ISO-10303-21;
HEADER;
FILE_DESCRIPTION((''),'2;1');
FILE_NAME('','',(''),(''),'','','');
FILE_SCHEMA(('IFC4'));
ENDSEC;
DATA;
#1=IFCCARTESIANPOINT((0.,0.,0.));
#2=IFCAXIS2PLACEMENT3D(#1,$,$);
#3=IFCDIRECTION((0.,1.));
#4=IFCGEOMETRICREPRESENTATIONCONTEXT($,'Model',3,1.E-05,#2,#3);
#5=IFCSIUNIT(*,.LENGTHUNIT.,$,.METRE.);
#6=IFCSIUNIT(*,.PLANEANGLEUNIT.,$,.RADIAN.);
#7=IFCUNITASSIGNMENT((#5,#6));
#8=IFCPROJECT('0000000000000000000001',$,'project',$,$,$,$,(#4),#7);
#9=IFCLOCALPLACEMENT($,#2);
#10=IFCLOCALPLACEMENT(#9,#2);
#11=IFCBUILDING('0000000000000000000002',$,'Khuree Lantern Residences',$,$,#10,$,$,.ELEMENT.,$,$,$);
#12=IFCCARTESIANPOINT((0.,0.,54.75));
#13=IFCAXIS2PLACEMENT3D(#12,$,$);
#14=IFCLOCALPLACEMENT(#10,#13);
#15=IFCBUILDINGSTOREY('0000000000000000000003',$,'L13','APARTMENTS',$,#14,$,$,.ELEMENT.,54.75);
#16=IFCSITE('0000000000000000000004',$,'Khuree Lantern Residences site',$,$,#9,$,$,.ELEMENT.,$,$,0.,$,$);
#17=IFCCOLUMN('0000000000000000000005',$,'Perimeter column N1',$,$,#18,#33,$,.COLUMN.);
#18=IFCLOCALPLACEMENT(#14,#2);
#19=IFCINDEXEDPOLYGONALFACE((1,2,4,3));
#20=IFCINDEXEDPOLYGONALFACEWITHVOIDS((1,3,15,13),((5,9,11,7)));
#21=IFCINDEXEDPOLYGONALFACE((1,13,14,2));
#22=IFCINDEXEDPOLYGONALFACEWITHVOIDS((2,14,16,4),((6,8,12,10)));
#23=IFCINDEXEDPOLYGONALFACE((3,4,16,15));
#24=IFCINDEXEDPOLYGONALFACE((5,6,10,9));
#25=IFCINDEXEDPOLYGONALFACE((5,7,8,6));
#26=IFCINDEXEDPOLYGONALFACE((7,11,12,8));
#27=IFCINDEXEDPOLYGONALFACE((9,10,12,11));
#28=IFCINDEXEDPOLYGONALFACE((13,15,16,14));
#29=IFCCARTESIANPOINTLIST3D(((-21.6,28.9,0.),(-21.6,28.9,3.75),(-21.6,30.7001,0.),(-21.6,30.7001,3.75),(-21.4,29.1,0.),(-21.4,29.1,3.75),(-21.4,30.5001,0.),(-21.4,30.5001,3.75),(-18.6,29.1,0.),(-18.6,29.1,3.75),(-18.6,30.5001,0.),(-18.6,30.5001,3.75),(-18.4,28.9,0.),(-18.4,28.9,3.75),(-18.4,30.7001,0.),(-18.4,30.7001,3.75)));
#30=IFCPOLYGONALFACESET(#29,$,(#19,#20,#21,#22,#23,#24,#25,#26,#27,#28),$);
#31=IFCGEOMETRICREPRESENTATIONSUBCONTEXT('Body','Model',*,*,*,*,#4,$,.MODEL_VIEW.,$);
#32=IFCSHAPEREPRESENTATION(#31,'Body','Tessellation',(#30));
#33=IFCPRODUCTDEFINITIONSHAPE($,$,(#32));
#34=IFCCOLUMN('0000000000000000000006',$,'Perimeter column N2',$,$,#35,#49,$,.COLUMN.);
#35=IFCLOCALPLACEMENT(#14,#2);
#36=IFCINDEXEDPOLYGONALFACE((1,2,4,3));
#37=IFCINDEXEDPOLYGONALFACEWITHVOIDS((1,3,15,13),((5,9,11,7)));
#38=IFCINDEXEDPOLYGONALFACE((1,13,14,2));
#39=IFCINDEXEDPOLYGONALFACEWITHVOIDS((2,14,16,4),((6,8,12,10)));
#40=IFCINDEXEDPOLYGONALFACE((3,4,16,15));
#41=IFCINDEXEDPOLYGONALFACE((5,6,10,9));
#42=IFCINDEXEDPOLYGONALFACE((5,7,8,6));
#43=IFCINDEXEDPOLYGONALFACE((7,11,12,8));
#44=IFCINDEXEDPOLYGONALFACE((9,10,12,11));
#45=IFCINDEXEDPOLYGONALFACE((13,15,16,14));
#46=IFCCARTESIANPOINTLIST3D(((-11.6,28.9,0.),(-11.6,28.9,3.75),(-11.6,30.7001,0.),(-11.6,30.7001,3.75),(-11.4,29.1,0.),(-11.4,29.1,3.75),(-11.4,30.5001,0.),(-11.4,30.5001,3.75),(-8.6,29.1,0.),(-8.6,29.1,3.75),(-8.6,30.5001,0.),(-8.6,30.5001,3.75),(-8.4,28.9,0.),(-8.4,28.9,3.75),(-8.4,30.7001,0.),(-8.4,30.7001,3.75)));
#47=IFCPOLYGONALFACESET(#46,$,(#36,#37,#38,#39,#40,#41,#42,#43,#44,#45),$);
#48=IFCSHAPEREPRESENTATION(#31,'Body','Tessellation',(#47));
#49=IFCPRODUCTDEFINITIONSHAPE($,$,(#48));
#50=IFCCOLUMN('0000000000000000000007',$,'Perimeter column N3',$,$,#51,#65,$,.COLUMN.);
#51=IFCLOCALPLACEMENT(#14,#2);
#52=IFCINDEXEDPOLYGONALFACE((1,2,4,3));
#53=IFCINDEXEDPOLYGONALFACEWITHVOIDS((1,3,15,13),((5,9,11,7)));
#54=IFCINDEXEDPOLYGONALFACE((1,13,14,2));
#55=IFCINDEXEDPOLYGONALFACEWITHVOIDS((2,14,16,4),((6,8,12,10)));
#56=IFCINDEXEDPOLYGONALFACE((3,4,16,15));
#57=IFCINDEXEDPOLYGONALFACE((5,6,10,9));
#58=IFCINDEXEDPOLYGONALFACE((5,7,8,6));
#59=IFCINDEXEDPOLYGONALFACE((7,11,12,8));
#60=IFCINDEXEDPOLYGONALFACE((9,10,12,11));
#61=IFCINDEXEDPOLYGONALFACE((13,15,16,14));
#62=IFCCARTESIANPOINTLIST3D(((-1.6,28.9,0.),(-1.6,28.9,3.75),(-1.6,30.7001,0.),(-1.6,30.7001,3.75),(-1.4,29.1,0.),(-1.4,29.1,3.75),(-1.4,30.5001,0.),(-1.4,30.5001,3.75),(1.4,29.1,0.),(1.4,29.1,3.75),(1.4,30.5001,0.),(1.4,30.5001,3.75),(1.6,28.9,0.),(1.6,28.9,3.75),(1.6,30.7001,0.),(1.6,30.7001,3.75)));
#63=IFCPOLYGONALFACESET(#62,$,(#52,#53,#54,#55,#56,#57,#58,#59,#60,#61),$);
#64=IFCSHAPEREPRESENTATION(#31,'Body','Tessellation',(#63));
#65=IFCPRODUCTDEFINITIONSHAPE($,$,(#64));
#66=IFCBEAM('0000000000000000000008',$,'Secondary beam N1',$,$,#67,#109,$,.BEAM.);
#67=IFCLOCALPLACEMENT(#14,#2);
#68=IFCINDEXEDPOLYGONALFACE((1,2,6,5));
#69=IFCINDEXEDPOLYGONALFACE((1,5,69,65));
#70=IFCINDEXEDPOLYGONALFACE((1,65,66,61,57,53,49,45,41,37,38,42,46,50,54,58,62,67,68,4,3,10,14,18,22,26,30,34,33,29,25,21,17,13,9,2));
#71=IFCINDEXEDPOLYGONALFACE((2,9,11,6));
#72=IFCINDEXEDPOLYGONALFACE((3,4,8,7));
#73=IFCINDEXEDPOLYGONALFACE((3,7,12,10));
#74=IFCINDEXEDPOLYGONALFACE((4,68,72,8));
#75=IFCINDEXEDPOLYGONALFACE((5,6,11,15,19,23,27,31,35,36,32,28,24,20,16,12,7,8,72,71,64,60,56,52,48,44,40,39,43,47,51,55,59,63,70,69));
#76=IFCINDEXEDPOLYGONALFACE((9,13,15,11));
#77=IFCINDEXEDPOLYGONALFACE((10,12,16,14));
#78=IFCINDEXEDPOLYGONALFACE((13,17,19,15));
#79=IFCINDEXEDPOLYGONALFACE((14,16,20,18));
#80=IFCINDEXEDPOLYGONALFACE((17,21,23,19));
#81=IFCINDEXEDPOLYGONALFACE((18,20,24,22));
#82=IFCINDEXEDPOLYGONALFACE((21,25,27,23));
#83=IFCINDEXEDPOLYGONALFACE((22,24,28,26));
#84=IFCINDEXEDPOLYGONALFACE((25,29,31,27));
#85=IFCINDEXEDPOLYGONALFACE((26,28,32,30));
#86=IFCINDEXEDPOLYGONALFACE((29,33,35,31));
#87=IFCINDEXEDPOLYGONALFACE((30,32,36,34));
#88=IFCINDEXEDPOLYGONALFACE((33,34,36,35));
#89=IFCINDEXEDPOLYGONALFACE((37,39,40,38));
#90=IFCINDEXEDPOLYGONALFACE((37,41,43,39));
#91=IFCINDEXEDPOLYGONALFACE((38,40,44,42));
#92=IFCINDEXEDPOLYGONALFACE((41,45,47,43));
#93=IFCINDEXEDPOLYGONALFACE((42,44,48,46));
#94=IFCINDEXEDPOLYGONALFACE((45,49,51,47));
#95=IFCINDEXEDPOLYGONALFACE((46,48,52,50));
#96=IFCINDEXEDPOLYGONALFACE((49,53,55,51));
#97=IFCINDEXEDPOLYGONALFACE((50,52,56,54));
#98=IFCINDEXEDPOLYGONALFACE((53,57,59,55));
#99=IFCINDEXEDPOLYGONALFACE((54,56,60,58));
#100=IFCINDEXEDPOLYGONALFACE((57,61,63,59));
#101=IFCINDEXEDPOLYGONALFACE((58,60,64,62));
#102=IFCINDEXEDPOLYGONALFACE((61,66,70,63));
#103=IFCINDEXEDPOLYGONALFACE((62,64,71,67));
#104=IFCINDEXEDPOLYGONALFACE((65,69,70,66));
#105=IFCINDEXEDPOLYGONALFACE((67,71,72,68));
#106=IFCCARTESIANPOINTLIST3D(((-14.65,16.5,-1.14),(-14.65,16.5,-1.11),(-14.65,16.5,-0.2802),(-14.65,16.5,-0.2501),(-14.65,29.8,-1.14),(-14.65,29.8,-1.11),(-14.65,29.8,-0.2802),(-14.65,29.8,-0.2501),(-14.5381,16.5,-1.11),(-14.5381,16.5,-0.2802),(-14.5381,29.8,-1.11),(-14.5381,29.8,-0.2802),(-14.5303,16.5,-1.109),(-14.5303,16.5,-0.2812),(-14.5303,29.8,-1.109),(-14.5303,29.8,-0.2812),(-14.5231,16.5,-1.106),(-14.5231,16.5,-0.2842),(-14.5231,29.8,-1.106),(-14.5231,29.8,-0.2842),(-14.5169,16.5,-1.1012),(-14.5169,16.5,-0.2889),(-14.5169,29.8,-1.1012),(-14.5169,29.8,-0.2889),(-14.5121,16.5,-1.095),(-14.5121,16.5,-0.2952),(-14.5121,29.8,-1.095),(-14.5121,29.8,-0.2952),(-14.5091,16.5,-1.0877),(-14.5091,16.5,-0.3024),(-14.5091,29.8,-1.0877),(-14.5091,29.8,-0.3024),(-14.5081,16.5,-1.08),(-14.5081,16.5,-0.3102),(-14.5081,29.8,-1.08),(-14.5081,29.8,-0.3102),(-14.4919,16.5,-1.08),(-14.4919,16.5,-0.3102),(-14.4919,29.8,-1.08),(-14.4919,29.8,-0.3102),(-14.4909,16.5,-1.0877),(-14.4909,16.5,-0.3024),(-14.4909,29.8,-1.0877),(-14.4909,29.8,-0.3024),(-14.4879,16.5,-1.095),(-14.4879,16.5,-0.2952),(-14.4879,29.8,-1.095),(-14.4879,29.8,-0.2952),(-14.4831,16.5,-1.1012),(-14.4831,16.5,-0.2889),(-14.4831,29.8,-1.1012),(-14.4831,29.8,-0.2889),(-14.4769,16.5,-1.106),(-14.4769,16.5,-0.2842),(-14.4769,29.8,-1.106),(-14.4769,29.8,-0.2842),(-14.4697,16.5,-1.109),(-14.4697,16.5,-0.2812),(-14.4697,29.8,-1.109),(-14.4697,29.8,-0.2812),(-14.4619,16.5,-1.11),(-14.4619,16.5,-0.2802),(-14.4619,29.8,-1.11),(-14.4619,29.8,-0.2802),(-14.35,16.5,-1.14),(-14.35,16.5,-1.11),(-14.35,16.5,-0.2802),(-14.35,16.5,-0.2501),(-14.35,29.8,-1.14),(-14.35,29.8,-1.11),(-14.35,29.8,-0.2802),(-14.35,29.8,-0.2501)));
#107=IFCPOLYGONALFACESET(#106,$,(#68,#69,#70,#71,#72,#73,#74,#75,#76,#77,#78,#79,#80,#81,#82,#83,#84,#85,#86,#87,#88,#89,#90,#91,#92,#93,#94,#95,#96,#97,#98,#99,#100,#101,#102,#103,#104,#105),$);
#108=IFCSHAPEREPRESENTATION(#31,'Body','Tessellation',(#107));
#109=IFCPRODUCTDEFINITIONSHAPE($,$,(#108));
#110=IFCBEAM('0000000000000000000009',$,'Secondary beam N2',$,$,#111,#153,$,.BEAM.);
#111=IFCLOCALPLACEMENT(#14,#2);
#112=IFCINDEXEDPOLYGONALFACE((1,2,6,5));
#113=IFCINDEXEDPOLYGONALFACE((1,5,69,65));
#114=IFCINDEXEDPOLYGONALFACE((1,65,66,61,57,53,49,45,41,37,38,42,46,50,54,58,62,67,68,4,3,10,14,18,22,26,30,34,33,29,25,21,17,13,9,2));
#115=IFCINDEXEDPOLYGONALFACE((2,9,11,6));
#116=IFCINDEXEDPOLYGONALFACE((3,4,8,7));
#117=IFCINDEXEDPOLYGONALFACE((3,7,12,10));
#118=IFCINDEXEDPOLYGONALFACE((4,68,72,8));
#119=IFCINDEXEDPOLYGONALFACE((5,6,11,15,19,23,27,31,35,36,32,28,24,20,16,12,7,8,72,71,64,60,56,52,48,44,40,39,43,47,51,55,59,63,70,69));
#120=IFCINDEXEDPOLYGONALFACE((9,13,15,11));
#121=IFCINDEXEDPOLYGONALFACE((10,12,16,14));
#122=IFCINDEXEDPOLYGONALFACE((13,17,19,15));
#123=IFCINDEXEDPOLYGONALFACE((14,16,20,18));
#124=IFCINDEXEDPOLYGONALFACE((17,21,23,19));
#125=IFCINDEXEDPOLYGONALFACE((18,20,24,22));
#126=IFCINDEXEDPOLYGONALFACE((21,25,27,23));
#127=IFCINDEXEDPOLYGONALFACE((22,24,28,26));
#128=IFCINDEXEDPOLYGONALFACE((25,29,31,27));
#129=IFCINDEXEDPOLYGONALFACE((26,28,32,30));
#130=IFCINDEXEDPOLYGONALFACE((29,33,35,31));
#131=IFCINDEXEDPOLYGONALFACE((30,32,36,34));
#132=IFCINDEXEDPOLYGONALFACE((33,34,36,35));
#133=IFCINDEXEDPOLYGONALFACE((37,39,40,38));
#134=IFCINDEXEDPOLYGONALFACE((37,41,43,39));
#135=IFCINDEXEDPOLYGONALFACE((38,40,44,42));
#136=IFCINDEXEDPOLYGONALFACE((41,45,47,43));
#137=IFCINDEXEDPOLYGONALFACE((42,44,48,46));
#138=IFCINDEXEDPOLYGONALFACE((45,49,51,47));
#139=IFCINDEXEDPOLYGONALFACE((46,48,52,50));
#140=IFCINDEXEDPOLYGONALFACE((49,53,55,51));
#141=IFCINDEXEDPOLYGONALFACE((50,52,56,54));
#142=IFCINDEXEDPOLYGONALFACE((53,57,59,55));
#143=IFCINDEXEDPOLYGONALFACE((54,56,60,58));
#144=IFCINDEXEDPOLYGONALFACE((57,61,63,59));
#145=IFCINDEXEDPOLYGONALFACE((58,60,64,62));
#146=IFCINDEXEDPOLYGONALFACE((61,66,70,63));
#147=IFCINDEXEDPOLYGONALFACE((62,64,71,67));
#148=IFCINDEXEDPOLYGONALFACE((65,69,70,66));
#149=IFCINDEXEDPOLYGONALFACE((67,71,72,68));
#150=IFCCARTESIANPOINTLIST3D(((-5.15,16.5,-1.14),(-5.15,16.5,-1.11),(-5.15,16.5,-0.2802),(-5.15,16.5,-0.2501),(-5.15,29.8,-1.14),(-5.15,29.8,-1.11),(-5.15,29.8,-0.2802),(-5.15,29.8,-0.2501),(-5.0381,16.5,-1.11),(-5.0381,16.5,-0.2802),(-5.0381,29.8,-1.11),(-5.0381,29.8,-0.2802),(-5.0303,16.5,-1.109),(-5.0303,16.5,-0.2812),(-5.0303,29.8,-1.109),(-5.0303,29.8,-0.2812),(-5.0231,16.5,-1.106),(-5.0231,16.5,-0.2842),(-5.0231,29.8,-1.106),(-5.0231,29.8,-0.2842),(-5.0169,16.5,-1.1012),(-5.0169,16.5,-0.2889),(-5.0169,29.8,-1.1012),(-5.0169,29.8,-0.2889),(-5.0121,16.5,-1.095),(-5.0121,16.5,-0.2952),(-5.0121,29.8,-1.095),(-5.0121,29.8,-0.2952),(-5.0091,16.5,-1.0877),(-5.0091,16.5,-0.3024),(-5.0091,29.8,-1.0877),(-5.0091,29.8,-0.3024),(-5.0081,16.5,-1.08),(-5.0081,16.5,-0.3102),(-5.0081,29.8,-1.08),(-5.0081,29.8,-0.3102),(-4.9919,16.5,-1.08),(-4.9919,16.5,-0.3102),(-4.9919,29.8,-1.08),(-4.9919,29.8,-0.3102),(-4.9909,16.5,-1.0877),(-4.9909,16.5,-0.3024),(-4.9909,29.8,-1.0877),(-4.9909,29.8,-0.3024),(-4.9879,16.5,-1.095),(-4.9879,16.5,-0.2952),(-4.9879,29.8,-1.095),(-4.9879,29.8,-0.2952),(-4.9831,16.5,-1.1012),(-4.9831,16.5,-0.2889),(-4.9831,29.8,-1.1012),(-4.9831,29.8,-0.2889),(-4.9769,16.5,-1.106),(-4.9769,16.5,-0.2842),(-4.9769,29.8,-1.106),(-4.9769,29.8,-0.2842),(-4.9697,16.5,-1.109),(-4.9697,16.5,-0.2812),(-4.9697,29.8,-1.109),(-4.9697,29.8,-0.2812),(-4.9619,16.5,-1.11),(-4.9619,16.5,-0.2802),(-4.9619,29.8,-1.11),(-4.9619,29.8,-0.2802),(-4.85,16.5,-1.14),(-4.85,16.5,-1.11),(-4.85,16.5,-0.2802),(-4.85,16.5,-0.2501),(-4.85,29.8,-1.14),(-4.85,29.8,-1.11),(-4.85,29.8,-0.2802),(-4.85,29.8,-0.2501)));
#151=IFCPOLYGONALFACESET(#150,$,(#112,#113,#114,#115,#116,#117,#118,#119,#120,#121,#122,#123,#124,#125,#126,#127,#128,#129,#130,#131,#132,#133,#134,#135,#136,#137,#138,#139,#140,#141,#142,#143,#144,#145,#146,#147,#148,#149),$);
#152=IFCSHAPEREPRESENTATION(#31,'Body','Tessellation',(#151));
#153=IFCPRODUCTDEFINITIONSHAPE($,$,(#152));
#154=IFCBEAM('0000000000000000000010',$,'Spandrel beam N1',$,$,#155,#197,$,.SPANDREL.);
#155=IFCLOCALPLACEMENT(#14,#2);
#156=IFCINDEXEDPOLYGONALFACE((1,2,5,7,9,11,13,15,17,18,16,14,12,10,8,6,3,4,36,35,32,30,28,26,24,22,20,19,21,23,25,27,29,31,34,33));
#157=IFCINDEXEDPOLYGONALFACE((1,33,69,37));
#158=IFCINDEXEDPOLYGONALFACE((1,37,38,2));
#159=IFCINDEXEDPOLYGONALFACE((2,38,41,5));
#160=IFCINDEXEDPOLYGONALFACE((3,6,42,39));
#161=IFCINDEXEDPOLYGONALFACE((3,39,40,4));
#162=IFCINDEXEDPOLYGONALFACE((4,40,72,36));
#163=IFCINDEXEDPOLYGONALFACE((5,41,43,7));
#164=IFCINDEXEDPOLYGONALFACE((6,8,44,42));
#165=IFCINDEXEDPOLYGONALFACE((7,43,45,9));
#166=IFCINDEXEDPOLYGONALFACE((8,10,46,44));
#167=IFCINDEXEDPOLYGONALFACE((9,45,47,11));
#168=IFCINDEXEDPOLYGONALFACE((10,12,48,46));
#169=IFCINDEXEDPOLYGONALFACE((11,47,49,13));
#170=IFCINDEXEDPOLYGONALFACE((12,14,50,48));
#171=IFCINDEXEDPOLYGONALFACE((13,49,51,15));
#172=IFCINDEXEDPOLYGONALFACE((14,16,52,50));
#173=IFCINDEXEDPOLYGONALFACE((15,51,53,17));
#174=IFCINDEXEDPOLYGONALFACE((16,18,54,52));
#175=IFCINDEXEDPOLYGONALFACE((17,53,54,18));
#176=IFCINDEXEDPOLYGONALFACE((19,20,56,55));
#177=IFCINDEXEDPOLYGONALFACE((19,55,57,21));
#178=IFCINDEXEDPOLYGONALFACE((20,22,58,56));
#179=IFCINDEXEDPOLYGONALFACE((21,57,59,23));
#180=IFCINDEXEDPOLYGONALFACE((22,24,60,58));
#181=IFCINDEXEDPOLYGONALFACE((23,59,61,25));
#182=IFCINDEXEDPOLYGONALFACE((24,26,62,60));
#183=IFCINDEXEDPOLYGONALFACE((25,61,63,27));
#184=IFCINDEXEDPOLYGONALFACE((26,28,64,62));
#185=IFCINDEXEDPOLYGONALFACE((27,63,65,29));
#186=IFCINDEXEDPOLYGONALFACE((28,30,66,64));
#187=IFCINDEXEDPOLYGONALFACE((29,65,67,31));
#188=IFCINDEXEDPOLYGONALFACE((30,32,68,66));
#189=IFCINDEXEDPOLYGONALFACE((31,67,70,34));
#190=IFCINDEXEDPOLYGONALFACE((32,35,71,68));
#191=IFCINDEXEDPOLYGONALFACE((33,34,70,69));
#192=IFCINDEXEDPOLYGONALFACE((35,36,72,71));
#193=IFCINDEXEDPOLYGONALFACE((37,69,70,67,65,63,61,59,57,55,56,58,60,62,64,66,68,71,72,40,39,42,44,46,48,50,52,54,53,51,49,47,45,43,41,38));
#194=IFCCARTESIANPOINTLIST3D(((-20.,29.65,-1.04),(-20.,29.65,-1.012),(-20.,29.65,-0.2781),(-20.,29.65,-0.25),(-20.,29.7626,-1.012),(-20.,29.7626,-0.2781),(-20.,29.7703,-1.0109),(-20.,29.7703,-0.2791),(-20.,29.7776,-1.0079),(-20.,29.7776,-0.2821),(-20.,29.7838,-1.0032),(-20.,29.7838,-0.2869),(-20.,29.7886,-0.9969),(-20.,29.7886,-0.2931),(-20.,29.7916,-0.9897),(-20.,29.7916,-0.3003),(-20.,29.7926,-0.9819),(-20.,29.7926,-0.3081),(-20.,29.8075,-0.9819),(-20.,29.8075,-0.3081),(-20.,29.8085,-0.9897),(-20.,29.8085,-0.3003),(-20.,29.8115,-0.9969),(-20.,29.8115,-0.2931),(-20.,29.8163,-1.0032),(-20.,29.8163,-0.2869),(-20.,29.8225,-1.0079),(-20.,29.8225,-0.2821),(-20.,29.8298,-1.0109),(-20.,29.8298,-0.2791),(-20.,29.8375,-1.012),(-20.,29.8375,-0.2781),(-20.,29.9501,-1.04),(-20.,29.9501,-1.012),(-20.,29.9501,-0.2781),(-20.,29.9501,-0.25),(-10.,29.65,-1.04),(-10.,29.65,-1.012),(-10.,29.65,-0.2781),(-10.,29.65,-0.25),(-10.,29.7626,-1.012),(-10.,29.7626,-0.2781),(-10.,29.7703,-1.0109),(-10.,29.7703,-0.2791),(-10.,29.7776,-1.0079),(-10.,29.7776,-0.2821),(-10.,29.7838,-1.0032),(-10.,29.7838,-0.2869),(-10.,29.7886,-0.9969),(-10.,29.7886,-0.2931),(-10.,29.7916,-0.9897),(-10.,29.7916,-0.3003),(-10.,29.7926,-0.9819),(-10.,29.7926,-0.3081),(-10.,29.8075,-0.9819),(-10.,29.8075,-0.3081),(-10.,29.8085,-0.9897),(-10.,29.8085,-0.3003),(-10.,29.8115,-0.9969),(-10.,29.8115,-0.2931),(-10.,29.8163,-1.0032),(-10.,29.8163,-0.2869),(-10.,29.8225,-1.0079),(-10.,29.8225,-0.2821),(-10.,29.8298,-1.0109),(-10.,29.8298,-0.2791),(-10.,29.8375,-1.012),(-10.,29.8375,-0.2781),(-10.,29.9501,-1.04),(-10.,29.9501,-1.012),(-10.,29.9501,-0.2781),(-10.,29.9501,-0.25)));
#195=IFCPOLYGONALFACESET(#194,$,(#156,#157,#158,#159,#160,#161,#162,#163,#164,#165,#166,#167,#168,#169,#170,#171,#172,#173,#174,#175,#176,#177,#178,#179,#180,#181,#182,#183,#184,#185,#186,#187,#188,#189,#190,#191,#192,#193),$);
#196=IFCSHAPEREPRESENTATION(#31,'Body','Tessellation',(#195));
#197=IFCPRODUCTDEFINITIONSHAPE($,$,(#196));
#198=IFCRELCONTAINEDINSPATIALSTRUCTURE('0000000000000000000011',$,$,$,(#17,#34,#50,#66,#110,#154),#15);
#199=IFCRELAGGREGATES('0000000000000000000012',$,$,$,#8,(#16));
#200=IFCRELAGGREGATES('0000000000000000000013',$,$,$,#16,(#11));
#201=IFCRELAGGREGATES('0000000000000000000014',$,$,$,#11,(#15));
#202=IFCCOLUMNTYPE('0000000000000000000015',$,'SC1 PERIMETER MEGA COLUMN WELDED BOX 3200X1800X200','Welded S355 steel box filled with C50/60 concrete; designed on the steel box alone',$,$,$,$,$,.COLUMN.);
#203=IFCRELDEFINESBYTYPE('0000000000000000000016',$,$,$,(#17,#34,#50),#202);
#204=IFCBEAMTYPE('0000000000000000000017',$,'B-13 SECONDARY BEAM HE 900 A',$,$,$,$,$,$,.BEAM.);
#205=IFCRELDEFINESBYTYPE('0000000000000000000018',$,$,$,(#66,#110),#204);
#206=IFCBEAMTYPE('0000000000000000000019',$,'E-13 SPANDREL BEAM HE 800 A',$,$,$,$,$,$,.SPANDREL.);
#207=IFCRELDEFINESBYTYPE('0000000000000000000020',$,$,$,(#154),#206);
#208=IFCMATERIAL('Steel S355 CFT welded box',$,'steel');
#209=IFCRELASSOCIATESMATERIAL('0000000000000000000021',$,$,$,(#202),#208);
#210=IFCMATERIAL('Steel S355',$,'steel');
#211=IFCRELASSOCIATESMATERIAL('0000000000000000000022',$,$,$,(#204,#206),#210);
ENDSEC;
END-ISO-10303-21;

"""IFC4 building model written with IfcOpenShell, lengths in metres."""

from ifc_helpers import new_model, si_unit, direction, frame, origin, origin_2d, place, context, subcontext, project, spatial, hollow_rectangle, i_section, extrude, material, material_profile, profile_set, type_object, element, save


model = new_model("IFC4")

# Units and contexts
model_context = context("Model", 3, precision=1e-05, world=origin(), true_north=direction((0.0, 1.0)))
body_context = subcontext(model_context, "Body", "Model", "MODEL_VIEW")
ifc_project = project(units=[si_unit("LENGTHUNIT", "METRE"), si_unit("PLANEANGLEUNIT", "RADIAN")], contexts=[model_context])

# Site, building, storey
site_placement = place(None, origin())
site = spatial("IfcSite", under=ifc_project, at=site_placement, Name="Khuree Lantern Residences site", CompositionType="ELEMENT", RefElevation=0.0)
building_placement = place(site_placement, origin())
building = spatial("IfcBuilding", under=site, at=building_placement, Name="Khuree Lantern Residences", CompositionType="ELEMENT")
storey_placement = place(building_placement, frame((0.0, 0.0, 54.75)))
storey = spatial("IfcBuildingStorey", under=building, at=storey_placement, Name="L13", Description="APARTMENTS", CompositionType="ELEMENT", Elevation=54.75)

# Columns
ifc_material_1 = material(Name="Steel S355 CFT welded box", Category="steel")
ifc_material_profile_1 = material_profile(ifc_material_1, hollow_rectangle(XDim=3.2, YDim=1.8, WallThickness=0.2, at=origin_2d()), Name="WELDED BOX 3200X1800X200")
ifc_profile_set_1 = profile_set([ifc_material_profile_1], Name="Steel S355 CFT welded box")
column_type = type_object("IfcColumnType", Name="SC1 PERIMETER MEGA COLUMN WELDED BOX 3200X1800X200", Description="Welded S355 steel box filled with C50/60 concrete; designed on the steel box alone", PredefinedType="COLUMN", material=ifc_profile_set_1)
for number, where, z_axis, x_axis, name in (
    (1, (-20.0, 29.8, 0.0), (0.0, 0.0, 1.0), (1.0, 0.0, 0.0), "Perimeter column N1"),
    (2, (-10.0, 29.8, 0.0), (0.0, 0.0, 1.0), (1.0, 0.0, 0.0), "Perimeter column N2"),
    (3, (0.0, 29.8, 0.0), (0.0, 0.0, 1.0), (1.0, 0.0, 0.0), "Perimeter column N3"),
):
    element("IfcColumn", number, at=place(storey_placement, frame(where, z_axis=z_axis, x_axis=x_axis)), inside=storey, type_object=column_type, Name=name, PredefinedType="COLUMN", context=body_context, shape_type="SweptSolid", body=[
        extrude(hollow_rectangle(XDim=3.2, YDim=1.8, WallThickness=0.2, at=origin_2d()), origin(), (0.0, 0.0, 1.0), 3.75),
    ])

# Beams
ifc_material_2 = material(Name="Steel S355", Category="steel")
ifc_material_profile_2 = material_profile(ifc_material_2, i_section(OverallWidth=0.3, OverallDepth=0.8899, WebThickness=0.0161, FlangeThickness=0.03, FilletRadius=0.03, at=origin_2d()), Name="HE 900 A")
ifc_profile_set_2 = profile_set([ifc_material_profile_2], Name="Steel S355")
beam_type_1 = type_object("IfcBeamType", Name="B-13 SECONDARY BEAM HE 900 A", PredefinedType="BEAM", material=ifc_profile_set_2)
for number, where, z_axis, x_axis, name in (
    (4, (-14.5, 29.8, -0.6951), (0.0, -1.0, 0.0), (1.0, 0.0, 0.0), "Secondary beam N1"),
    (5, (-5.0, 29.8, -0.6951), (0.0, -1.0, 0.0), (1.0, 0.0, 0.0), "Secondary beam N2"),
):
    element("IfcBeam", number, at=place(storey_placement, frame(where, z_axis=z_axis, x_axis=x_axis)), inside=storey, type_object=beam_type_1, Name=name, PredefinedType="BEAM", context=body_context, shape_type="SweptSolid", body=[
        extrude(i_section(OverallWidth=0.3, OverallDepth=0.8899, WebThickness=0.0161, FlangeThickness=0.03, FilletRadius=0.03, at=origin_2d()), origin(), (0.0, 0.0, 1.0), 13.3),
    ])
ifc_material_profile_3 = material_profile(ifc_material_2, i_section(OverallWidth=0.3, OverallDepth=0.79, WebThickness=0.0149, FlangeThickness=0.0281, FilletRadius=0.03, at=origin_2d()), Name="HE 800 A")
ifc_profile_set_3 = profile_set([ifc_material_profile_3], Name="Steel S355")
beam_type_2 = type_object("IfcBeamType", Name="E-13 SPANDREL BEAM HE 800 A", PredefinedType="SPANDREL", material=ifc_profile_set_3)
for number, where, z_axis, x_axis, name in (
    (6, (-20.0, 29.8, -0.645), (1.0, 0.0, 0.0), (0.0, 1.0, 0.0), "Spandrel beam N1"),
):
    element("IfcBeam", number, at=place(storey_placement, frame(where, z_axis=z_axis, x_axis=x_axis)), inside=storey, type_object=beam_type_2, Name=name, PredefinedType="SPANDREL", context=body_context, shape_type="SweptSolid", body=[
        extrude(i_section(OverallWidth=0.3, OverallDepth=0.79, WebThickness=0.0149, FlangeThickness=0.0281, FilletRadius=0.03, at=origin_2d()), origin(), (0.0, 0.0, 1.0), 10.0),
    ])

save(model, "model.ifc")
